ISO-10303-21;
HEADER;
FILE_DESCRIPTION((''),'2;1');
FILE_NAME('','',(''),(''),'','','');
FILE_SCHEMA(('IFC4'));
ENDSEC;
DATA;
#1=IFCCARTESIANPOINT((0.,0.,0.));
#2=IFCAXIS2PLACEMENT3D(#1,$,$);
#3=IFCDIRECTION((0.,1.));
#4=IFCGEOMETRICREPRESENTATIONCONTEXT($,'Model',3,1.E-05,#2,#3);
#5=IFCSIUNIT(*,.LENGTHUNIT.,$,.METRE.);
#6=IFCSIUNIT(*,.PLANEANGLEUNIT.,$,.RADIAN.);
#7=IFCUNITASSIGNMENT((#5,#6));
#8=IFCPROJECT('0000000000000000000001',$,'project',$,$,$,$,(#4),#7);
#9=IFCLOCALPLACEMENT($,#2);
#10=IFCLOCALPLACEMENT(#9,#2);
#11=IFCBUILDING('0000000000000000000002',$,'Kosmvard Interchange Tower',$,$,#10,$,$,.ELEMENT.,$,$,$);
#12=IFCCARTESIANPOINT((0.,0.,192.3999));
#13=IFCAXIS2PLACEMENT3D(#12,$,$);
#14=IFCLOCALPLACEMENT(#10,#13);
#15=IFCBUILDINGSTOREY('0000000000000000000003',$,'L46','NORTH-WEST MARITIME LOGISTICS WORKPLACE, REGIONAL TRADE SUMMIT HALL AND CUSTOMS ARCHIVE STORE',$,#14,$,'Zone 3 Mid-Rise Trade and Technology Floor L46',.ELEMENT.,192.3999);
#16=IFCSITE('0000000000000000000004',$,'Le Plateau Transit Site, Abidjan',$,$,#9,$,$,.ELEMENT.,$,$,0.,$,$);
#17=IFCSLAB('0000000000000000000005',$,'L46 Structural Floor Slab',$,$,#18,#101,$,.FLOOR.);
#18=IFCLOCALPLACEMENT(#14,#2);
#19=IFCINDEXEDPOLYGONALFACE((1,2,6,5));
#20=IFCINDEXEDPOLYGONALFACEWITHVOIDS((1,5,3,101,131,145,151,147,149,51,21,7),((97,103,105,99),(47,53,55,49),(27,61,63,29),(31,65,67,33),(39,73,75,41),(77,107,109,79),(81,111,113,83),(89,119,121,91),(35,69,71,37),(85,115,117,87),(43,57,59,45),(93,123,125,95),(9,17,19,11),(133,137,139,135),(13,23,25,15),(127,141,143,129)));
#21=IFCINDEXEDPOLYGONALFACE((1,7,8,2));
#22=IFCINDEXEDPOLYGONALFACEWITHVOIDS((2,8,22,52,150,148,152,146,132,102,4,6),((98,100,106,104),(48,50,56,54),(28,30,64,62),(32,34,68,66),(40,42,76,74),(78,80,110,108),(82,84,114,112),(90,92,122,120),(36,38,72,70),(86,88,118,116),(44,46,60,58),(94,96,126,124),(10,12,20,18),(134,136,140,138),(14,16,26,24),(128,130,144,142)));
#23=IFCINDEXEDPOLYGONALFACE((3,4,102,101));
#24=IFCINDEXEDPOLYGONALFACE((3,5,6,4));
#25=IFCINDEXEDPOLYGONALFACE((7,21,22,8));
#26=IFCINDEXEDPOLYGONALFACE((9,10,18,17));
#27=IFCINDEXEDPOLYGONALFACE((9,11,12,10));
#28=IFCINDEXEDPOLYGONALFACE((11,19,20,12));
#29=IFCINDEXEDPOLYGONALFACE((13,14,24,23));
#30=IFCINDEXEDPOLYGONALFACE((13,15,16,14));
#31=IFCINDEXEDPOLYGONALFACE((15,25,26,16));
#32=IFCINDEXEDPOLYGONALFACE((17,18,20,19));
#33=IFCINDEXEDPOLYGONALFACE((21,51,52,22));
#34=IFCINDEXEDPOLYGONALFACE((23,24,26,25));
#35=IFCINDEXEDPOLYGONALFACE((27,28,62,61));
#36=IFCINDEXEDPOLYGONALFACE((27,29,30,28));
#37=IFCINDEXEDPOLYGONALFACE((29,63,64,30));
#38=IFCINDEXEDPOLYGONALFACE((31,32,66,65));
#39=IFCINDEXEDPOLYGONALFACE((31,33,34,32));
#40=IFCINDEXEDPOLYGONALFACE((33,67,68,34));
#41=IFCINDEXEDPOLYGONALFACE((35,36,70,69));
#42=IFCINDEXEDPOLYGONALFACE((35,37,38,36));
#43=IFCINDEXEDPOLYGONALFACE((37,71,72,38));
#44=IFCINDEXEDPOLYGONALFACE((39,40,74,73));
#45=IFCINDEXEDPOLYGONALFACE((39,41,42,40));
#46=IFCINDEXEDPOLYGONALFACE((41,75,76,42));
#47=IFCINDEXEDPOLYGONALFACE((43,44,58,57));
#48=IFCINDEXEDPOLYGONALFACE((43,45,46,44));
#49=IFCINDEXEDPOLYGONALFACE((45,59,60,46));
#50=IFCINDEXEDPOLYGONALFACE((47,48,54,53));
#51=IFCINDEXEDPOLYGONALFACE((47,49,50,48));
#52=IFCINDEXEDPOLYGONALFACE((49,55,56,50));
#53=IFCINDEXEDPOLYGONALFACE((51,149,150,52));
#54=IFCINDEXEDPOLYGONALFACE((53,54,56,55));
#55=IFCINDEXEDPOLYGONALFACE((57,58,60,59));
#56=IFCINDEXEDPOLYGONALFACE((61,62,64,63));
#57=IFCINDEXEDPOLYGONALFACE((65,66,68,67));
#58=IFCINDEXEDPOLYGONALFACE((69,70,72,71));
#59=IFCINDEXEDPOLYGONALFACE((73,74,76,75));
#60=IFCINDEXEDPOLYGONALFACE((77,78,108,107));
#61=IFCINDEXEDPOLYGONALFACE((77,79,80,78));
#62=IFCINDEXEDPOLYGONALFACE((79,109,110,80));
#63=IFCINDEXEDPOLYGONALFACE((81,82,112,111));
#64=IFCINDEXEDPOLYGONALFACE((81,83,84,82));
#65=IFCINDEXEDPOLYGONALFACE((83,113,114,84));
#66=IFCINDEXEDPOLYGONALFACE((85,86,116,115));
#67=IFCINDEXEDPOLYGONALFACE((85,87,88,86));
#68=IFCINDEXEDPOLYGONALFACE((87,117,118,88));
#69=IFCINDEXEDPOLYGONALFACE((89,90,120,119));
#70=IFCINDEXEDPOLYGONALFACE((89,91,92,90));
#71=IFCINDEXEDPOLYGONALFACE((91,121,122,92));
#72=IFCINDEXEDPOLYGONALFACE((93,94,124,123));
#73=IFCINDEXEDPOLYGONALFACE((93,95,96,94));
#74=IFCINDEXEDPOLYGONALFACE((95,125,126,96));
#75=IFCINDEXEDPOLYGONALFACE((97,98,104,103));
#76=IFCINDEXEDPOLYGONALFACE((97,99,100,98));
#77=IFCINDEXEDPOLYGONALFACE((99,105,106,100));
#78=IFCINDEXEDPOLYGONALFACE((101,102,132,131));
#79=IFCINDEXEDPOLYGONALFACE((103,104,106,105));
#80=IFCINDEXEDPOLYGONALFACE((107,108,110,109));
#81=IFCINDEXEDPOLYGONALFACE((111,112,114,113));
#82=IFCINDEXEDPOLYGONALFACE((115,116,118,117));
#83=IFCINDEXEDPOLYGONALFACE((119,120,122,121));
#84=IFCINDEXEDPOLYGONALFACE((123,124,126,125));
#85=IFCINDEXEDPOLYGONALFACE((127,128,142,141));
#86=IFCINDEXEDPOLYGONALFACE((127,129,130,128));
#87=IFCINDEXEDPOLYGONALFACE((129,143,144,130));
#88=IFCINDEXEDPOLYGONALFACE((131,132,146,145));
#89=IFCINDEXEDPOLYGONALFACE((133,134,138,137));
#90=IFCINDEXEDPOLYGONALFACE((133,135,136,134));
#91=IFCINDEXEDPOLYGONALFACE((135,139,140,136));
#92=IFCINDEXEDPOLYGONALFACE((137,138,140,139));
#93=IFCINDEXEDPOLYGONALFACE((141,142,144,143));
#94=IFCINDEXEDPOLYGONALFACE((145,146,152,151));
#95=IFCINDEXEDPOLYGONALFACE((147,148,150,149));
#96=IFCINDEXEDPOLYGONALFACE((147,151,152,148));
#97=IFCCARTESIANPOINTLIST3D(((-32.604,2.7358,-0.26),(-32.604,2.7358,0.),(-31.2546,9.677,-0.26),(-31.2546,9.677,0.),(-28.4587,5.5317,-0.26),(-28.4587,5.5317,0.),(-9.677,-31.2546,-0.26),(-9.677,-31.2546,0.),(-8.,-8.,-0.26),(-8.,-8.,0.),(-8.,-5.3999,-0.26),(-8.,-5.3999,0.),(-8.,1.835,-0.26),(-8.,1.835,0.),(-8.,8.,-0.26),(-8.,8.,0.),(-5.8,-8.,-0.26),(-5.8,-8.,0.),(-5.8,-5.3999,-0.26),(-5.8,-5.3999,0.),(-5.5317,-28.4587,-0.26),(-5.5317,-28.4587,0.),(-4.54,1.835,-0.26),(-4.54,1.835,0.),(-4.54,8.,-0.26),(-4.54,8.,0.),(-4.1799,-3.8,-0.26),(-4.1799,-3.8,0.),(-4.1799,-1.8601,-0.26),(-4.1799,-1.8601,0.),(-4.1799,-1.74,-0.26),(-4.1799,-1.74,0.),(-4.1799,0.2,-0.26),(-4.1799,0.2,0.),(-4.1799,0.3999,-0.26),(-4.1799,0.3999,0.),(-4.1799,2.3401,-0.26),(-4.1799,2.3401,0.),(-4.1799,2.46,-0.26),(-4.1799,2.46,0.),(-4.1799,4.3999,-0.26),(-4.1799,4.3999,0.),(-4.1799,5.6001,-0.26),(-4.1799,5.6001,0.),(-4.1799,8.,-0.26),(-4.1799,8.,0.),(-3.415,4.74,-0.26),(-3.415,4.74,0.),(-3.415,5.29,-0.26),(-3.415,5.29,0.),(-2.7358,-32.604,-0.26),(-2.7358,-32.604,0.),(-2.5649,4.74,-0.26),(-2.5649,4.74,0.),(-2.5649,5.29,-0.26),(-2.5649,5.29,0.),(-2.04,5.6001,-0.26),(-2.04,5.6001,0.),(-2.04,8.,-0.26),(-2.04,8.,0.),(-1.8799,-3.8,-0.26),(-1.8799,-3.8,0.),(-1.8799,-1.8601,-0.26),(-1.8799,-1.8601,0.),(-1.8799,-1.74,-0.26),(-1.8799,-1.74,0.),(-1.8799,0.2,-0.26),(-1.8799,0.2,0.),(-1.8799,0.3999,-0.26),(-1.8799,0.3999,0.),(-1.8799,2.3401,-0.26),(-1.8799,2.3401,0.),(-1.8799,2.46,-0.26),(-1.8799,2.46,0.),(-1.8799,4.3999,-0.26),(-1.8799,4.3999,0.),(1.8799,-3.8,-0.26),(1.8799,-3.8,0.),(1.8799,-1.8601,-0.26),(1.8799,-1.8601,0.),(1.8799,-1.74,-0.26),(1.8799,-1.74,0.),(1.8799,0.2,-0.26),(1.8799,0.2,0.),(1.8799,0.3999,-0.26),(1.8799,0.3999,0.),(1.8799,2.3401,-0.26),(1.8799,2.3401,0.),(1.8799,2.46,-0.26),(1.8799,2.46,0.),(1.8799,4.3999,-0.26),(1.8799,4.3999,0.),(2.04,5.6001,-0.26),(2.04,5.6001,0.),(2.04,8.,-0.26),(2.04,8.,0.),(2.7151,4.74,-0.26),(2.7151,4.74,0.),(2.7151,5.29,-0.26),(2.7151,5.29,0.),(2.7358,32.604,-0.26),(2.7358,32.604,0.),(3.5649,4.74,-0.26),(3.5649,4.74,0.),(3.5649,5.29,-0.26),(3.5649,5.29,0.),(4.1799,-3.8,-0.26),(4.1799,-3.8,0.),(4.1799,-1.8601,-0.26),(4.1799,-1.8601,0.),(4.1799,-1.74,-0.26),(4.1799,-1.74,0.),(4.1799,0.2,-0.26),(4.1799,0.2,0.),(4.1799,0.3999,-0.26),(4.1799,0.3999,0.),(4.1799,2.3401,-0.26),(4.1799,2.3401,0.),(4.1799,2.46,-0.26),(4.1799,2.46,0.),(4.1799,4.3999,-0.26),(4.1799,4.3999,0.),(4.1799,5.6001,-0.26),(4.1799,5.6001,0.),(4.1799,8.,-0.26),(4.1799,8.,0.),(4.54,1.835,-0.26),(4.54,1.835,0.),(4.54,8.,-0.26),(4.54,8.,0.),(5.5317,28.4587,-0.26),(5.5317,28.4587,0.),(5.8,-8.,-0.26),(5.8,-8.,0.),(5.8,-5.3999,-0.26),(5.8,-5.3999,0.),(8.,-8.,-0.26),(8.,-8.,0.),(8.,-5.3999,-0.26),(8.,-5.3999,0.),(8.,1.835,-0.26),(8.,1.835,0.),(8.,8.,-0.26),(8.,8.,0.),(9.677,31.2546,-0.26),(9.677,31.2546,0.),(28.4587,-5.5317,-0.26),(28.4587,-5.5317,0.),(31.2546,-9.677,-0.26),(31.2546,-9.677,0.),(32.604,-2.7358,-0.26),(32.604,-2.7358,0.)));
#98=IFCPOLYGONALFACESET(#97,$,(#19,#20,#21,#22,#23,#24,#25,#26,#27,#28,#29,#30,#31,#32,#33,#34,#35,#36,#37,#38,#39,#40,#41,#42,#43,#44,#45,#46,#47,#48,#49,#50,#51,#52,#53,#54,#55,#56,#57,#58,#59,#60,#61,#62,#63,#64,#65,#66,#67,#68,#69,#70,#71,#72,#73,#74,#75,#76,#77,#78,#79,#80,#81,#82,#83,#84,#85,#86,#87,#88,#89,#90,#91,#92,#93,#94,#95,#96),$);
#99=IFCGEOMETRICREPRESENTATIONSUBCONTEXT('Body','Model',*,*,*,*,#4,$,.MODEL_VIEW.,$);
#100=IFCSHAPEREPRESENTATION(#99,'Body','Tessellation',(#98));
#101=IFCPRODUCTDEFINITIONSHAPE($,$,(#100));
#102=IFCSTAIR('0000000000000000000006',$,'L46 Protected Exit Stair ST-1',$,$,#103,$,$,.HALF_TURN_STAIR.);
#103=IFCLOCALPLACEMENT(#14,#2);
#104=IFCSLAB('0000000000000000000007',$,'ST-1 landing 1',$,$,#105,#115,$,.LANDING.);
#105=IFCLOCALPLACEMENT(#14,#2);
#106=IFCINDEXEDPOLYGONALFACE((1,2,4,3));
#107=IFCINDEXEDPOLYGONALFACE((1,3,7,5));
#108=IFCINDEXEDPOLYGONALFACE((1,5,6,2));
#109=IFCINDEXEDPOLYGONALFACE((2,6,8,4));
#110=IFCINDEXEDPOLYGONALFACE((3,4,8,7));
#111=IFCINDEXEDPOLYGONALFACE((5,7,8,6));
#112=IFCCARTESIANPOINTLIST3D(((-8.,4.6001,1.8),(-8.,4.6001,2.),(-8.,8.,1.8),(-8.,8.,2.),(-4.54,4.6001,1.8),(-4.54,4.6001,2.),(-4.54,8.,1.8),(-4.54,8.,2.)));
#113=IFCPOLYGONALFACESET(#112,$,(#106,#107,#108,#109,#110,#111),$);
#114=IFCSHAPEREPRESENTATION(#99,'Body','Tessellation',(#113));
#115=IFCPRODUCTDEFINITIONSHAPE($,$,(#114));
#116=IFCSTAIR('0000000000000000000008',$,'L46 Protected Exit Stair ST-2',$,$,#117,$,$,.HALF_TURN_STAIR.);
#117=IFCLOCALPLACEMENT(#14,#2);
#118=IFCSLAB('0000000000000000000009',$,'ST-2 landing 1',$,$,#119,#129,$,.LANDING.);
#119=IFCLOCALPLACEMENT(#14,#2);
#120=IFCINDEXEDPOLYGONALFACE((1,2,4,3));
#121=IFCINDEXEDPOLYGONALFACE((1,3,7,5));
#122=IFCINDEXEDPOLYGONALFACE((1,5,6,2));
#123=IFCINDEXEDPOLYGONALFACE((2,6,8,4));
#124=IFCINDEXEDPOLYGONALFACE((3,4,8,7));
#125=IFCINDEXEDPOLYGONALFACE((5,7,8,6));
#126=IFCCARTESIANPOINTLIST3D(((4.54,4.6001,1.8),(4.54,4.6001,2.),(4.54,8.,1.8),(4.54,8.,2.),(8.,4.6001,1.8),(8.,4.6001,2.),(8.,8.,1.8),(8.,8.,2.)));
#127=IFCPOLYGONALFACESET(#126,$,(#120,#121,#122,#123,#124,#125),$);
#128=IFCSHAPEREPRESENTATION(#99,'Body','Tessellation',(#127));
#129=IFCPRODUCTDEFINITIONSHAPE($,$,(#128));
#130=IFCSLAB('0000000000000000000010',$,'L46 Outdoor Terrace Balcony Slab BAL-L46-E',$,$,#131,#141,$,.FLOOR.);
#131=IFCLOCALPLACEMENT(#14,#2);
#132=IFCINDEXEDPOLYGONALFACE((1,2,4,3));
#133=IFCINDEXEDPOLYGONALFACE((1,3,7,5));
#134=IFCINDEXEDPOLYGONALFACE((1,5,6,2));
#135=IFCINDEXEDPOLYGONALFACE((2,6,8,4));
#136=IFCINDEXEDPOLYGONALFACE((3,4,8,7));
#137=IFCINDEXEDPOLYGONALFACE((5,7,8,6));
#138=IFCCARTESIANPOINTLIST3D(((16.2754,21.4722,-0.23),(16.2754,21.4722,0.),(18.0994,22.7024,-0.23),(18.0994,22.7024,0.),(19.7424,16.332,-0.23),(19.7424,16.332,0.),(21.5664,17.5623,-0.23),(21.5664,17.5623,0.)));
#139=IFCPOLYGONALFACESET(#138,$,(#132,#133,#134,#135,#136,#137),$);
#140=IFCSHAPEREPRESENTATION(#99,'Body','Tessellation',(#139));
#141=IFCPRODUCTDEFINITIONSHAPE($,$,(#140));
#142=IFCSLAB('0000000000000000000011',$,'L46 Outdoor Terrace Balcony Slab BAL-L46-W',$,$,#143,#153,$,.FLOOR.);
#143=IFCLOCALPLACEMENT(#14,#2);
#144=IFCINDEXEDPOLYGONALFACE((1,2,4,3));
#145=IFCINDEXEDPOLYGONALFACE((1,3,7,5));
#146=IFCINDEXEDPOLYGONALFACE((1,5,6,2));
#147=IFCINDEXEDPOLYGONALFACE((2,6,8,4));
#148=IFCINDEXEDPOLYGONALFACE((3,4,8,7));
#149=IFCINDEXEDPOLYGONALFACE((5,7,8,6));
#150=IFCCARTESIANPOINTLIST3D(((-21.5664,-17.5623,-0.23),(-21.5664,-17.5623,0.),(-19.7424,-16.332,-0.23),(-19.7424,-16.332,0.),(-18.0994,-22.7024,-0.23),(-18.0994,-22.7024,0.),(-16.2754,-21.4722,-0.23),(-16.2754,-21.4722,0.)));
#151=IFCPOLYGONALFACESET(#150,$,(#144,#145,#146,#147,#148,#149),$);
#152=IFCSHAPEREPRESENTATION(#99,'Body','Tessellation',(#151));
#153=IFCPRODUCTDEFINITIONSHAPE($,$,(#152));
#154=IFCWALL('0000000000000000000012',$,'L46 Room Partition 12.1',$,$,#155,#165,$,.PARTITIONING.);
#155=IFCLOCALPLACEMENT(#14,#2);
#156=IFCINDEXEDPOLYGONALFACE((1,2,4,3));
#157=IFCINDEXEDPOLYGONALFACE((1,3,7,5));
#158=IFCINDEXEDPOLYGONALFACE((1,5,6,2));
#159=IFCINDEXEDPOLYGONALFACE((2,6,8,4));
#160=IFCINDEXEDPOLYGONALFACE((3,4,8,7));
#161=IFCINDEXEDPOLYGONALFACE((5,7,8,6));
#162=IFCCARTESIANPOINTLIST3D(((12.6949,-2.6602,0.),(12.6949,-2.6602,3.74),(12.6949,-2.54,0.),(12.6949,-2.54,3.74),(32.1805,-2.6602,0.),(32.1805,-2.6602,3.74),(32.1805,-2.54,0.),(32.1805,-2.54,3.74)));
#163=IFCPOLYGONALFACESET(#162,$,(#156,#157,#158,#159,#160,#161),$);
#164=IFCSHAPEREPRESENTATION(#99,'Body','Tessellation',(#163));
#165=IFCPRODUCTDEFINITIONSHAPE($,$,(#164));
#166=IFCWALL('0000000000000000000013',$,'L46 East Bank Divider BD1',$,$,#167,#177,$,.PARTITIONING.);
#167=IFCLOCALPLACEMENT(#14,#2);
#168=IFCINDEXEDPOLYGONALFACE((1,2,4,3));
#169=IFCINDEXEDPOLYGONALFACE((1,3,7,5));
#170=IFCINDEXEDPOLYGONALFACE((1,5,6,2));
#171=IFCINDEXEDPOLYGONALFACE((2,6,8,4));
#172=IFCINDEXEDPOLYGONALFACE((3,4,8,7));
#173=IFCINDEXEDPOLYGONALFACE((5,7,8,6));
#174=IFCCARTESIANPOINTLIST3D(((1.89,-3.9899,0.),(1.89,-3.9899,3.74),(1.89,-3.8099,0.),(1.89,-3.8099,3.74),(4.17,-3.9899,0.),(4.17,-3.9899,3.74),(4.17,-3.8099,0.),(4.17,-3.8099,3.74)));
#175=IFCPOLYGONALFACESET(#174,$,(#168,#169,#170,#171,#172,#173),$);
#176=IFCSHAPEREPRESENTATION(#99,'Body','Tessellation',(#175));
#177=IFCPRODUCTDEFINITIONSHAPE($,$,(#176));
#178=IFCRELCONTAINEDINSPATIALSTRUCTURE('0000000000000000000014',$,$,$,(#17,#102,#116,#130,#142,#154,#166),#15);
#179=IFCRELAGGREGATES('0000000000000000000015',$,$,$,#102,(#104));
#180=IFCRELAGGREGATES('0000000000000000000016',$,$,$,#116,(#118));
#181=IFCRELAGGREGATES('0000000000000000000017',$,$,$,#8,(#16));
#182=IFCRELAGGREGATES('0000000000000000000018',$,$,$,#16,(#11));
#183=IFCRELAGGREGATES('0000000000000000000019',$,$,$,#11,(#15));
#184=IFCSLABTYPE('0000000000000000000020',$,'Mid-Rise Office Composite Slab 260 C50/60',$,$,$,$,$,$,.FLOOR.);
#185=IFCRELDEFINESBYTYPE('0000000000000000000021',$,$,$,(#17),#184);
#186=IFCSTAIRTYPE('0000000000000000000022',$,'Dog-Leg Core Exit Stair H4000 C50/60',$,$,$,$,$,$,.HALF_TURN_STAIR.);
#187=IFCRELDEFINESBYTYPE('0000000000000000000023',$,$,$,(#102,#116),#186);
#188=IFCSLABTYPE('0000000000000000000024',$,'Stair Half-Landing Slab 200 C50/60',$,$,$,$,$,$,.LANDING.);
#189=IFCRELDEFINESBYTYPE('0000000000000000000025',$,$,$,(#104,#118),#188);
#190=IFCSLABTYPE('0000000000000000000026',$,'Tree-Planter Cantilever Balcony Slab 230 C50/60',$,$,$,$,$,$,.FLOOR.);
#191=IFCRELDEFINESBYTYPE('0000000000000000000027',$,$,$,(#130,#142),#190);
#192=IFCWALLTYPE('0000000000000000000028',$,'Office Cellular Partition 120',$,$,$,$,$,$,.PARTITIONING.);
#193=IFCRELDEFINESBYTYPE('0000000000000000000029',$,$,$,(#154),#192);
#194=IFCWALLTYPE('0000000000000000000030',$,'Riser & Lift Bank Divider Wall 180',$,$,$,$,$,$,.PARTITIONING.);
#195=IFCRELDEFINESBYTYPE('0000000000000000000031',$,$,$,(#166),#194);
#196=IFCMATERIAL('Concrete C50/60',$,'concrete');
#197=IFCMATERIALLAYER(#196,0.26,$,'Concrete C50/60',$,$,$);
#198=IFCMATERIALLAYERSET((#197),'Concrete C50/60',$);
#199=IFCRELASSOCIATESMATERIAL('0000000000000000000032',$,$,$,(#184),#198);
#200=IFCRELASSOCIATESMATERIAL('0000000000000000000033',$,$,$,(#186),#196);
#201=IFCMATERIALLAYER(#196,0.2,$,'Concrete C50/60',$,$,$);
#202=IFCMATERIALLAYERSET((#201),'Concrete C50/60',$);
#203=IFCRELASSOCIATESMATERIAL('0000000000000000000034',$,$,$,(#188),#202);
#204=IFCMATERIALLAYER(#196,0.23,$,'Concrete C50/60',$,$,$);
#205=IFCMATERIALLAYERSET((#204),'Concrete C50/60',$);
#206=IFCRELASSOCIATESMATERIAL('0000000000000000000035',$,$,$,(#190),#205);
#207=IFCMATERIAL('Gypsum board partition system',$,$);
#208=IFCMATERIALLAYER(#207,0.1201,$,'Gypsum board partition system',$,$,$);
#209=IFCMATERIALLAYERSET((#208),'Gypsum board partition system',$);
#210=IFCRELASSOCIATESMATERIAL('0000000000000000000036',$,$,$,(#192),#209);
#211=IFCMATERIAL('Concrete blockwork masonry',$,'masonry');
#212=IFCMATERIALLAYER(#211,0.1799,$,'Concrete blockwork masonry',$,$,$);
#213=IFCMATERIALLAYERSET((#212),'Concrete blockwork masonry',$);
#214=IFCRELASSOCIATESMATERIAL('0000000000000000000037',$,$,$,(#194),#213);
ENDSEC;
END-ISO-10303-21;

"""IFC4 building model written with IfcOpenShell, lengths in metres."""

from ifc_helpers import new_model, si_unit, direction, frame, frame_2d, origin, place, context, subcontext, project, spatial, polyline, rectangle, outline, extrude, material, layer, layer_set, type_object, element, aggregate, save


model = new_model("IFC4")

# Units and contexts
model_context = context("Model", 3, precision=1e-05, world=origin(), true_north=direction((0.0, 1.0)))
body_context = subcontext(model_context, "Body", "Model", "MODEL_VIEW")
ifc_project = project(units=[si_unit("LENGTHUNIT", "METRE"), si_unit("PLANEANGLEUNIT", "RADIAN")], contexts=[model_context])

# Site, building, storey
site_placement = place(None, origin())
site = spatial("IfcSite", under=ifc_project, at=site_placement, Name="Le Plateau Transit Site, Abidjan", CompositionType="ELEMENT", RefElevation=0.0)
building_placement = place(site_placement, origin())
building = spatial("IfcBuilding", under=site, at=building_placement, Name="Kosmvard Interchange Tower", CompositionType="ELEMENT")
storey_placement = place(building_placement, frame((0.0, 0.0, 192.3999)))
storey = spatial("IfcBuildingStorey", under=building, at=storey_placement, Name="L46", Description="NORTH-WEST MARITIME LOGISTICS WORKPLACE, REGIONAL TRADE SUMMIT HALL AND CUSTOMS ARCHIVE STORE", LongName="Zone 3 Mid-Rise Trade and Technology Floor L46", CompositionType="ELEMENT", Elevation=192.3999)

# Slab
ifc_material_1 = material(Name="Concrete C50/60", Category="concrete")
ifc_layer_1 = layer(ifc_material_1, 0.26, Name="Concrete C50/60")
ifc_layer_set_1 = layer_set([ifc_layer_1], Name="Concrete C50/60")
slab_type_1 = type_object("IfcSlabType", Name="Mid-Rise Office Composite Slab 260 C50/60", PredefinedType="FLOOR", material=ifc_layer_set_1)
slab_1_placement = place(storey_placement, frame((0.0, 0.0, -0.26)))
element("IfcSlab", 1, at=slab_1_placement, inside=storey, type_object=slab_type_1, Name="L46 Structural Floor Slab", PredefinedType="FLOOR", context=body_context, shape_type="SweptSolid", body=[
    extrude(outline(polyline([(-2.7358, -32.604), (31.2546, -9.677), (28.4587, -5.5317), (32.604, -2.7358), (9.677, 31.2546), (5.5317, 28.4587), (2.7358, 32.604), (-31.2546, 9.677), (-28.4587, 5.5317), (-32.604, 2.7358), (-9.677, -31.2546), (-5.5317, -28.4587), (-2.7358, -32.604)]), holes=[polyline([(-8.0, 1.835), (-4.54, 1.835), (-4.54, 8.0), (-8.0, 8.0), (-8.0, 1.835)]), polyline([(4.54, 1.835), (8.0, 1.835), (8.0, 8.0), (4.54, 8.0), (4.54, 1.835)]), polyline([(-8.0, -8.0), (-5.8, -8.0), (-5.8, -5.3999), (-8.0, -5.3999), (-8.0, -8.0)]), polyline([(5.8, -8.0), (8.0, -8.0), (8.0, -5.3999), (5.8, -5.3999), (5.8, -8.0)]), polyline([(-4.1799, -3.8), (-1.8799, -3.8), (-1.8799, -1.8601), (-4.1799, -1.8601), (-4.1799, -3.8)]), polyline([(-4.1799, -1.74), (-1.8799, -1.74), (-1.8799, 0.2), (-4.1799, 0.2), (-4.1799, -1.74)]), polyline([(1.8799, -3.8), (4.1799, -3.8), (4.1799, -1.8601), (1.8799, -1.8601), (1.8799, -3.8)]), polyline([(1.8799, -1.74), (4.1799, -1.74), (4.1799, 0.2), (1.8799, 0.2), (1.8799, -1.74)]), polyline([(-4.1799, 0.3999), (-1.8799, 0.3999), (-1.8799, 2.3401), (-4.1799, 2.3401), (-4.1799, 0.3999)]), polyline([(-4.1799, 2.46), (-1.8799, 2.46), (-1.8799, 4.3999), (-4.1799, 4.3999), (-4.1799, 2.46)]), polyline([(1.8799, 0.3999), (4.1799, 0.3999), (4.1799, 2.3401), (1.8799, 2.3401), (1.8799, 0.3999)]), polyline([(1.8799, 2.46), (4.1799, 2.46), (4.1799, 4.3999), (1.8799, 4.3999), (1.8799, 2.46)]), polyline([(-4.1799, 5.6001), (-2.04, 5.6001), (-2.04, 8.0), (-4.1799, 8.0), (-4.1799, 5.6001)]), polyline([(2.04, 5.6001), (4.1799, 5.6001), (4.1799, 8.0), (2.04, 8.0), (2.04, 5.6001)]), polyline([(-3.415, 4.74), (-2.5649, 4.74), (-2.5649, 5.29), (-3.415, 5.29), (-3.415, 4.74)]), polyline([(2.7151, 4.74), (3.5649, 4.74), (3.5649, 5.29), (2.7151, 5.29), (2.7151, 4.74)])]), origin(), (0.0, 0.0, 1.0), 0.26),
])

# Stairs, slabs
stair_type = type_object("IfcStairType", Name="Dog-Leg Core Exit Stair H4000 C50/60", PredefinedType="HALF_TURN_STAIR", material=ifc_material_1)
stair_1_placement = place(storey_placement, origin())
stair_1 = element("IfcStair", 2, at=stair_1_placement, inside=storey, type_object=stair_type, Name="L46 Protected Exit Stair ST-1", PredefinedType="HALF_TURN_STAIR")
ifc_layer_2 = layer(ifc_material_1, 0.2, Name="Concrete C50/60")
ifc_layer_set_2 = layer_set([ifc_layer_2], Name="Concrete C50/60")
slab_type_2 = type_object("IfcSlabType", Name="Stair Half-Landing Slab 200 C50/60", PredefinedType="LANDING", material=ifc_layer_set_2)
slab_2_placement = place(storey_placement, frame((0.0, 0.0, 1.8)))
slab_2 = element("IfcSlab", 3, at=slab_2_placement, type_object=slab_type_2, Name="ST-1 landing 1", PredefinedType="LANDING", context=body_context, shape_type="SweptSolid", body=[
    extrude(outline(polyline([(-4.54, 4.6001), (-4.54, 8.0), (-8.0, 8.0), (-8.0, 4.6001), (-4.54, 4.6001)])), origin(), (0.0, 0.0, 1.0), 0.2),
])
aggregate(stair_1, [slab_2])
stair_2_placement = place(storey_placement, origin())
stair_2 = element("IfcStair", 4, at=stair_2_placement, inside=storey, type_object=stair_type, Name="L46 Protected Exit Stair ST-2", PredefinedType="HALF_TURN_STAIR")
slab_3_placement = place(storey_placement, frame((0.0, 0.0, 1.8)))
slab_3 = element("IfcSlab", 5, at=slab_3_placement, type_object=slab_type_2, Name="ST-2 landing 1", PredefinedType="LANDING", context=body_context, shape_type="SweptSolid", body=[
    extrude(outline(polyline([(8.0, 4.6001), (8.0, 8.0), (4.54, 8.0), (4.54, 4.6001), (8.0, 4.6001)])), origin(), (0.0, 0.0, 1.0), 0.2),
])
aggregate(stair_2, [slab_3])

# Slabs
ifc_layer_3 = layer(ifc_material_1, 0.23, Name="Concrete C50/60")
ifc_layer_set_3 = layer_set([ifc_layer_3], Name="Concrete C50/60")
slab_type_3 = type_object("IfcSlabType", Name="Tree-Planter Cantilever Balcony Slab 230 C50/60", PredefinedType="FLOOR", material=ifc_layer_set_3)
slab_4_placement = place(storey_placement, frame((0.0, 0.0, -0.23)))
element("IfcSlab", 6, at=slab_4_placement, inside=storey, type_object=slab_type_3, Name="L46 Outdoor Terrace Balcony Slab BAL-L46-E", PredefinedType="FLOOR", context=body_context, shape_type="SweptSolid", body=[
    extrude(outline(polyline([(19.7424, 16.332), (21.5664, 17.5623), (18.0994, 22.7024), (16.2754, 21.4722), (19.7424, 16.332)])), origin(), (0.0, 0.0, 1.0), 0.23),
])
slab_5_placement = place(storey_placement, frame((0.0, 0.0, -0.23)))
element("IfcSlab", 7, at=slab_5_placement, inside=storey, type_object=slab_type_3, Name="L46 Outdoor Terrace Balcony Slab BAL-L46-W", PredefinedType="FLOOR", context=body_context, shape_type="SweptSolid", body=[
    extrude(outline(polyline([(-18.0994, -22.7024), (-16.2754, -21.4722), (-19.7424, -16.332), (-21.5664, -17.5623), (-18.0994, -22.7024)])), origin(), (0.0, 0.0, 1.0), 0.23),
])

# Walls
ifc_material_2 = material(Name="Gypsum board partition system")
ifc_layer_4 = layer(ifc_material_2, 0.1201, Name="Gypsum board partition system")
ifc_layer_set_4 = layer_set([ifc_layer_4], Name="Gypsum board partition system")
wall_type_1 = type_object("IfcWallType", Name="Office Cellular Partition 120", PredefinedType="PARTITIONING", material=ifc_layer_set_4)
wall_1_placement = place(storey_placement, frame((12.6951, -2.6001, 0.0), z_axis=(0.0, 0.0, 1.0), x_axis=(1.0, 0.0, 0.0)))
element("IfcWall", 8, at=wall_1_placement, inside=storey, type_object=wall_type_1, Name="L46 Room Partition 12.1", PredefinedType="PARTITIONING", context=body_context, shape_type="SweptSolid", body=[
    extrude(rectangle(XDim=19.4856, YDim=0.1201, at=frame_2d((9.7427, 0.0))), origin(), (0.0, 0.0, 1.0), 3.74),
])
ifc_material_3 = material(Name="Concrete blockwork masonry", Category="masonry")
ifc_layer_5 = layer(ifc_material_3, 0.1799, Name="Concrete blockwork masonry")
ifc_layer_set_5 = layer_set([ifc_layer_5], Name="Concrete blockwork masonry")
wall_type_2 = type_object("IfcWallType", Name="Riser & Lift Bank Divider Wall 180", PredefinedType="PARTITIONING", material=ifc_layer_set_5)
for number, where, z_axis, x_axis, name in (
    (9, (1.8899, -3.8999, 0.0), (0.0, 0.0, 1.0), (1.0, 0.0, 0.0), "L46 East Bank Divider BD1"),
):
    element("IfcWall", number, at=place(storey_placement, frame(where, z_axis=z_axis, x_axis=x_axis)), inside=storey, type_object=wall_type_2, Name=name, PredefinedType="PARTITIONING", context=body_context, shape_type="SweptSolid", body=[
        extrude(rectangle(XDim=2.28, YDim=0.1799, at=frame_2d((1.1401, 0.0))), origin(), (0.0, 0.0, 1.0), 3.74),
    ])

save(model, "model.ifc")
